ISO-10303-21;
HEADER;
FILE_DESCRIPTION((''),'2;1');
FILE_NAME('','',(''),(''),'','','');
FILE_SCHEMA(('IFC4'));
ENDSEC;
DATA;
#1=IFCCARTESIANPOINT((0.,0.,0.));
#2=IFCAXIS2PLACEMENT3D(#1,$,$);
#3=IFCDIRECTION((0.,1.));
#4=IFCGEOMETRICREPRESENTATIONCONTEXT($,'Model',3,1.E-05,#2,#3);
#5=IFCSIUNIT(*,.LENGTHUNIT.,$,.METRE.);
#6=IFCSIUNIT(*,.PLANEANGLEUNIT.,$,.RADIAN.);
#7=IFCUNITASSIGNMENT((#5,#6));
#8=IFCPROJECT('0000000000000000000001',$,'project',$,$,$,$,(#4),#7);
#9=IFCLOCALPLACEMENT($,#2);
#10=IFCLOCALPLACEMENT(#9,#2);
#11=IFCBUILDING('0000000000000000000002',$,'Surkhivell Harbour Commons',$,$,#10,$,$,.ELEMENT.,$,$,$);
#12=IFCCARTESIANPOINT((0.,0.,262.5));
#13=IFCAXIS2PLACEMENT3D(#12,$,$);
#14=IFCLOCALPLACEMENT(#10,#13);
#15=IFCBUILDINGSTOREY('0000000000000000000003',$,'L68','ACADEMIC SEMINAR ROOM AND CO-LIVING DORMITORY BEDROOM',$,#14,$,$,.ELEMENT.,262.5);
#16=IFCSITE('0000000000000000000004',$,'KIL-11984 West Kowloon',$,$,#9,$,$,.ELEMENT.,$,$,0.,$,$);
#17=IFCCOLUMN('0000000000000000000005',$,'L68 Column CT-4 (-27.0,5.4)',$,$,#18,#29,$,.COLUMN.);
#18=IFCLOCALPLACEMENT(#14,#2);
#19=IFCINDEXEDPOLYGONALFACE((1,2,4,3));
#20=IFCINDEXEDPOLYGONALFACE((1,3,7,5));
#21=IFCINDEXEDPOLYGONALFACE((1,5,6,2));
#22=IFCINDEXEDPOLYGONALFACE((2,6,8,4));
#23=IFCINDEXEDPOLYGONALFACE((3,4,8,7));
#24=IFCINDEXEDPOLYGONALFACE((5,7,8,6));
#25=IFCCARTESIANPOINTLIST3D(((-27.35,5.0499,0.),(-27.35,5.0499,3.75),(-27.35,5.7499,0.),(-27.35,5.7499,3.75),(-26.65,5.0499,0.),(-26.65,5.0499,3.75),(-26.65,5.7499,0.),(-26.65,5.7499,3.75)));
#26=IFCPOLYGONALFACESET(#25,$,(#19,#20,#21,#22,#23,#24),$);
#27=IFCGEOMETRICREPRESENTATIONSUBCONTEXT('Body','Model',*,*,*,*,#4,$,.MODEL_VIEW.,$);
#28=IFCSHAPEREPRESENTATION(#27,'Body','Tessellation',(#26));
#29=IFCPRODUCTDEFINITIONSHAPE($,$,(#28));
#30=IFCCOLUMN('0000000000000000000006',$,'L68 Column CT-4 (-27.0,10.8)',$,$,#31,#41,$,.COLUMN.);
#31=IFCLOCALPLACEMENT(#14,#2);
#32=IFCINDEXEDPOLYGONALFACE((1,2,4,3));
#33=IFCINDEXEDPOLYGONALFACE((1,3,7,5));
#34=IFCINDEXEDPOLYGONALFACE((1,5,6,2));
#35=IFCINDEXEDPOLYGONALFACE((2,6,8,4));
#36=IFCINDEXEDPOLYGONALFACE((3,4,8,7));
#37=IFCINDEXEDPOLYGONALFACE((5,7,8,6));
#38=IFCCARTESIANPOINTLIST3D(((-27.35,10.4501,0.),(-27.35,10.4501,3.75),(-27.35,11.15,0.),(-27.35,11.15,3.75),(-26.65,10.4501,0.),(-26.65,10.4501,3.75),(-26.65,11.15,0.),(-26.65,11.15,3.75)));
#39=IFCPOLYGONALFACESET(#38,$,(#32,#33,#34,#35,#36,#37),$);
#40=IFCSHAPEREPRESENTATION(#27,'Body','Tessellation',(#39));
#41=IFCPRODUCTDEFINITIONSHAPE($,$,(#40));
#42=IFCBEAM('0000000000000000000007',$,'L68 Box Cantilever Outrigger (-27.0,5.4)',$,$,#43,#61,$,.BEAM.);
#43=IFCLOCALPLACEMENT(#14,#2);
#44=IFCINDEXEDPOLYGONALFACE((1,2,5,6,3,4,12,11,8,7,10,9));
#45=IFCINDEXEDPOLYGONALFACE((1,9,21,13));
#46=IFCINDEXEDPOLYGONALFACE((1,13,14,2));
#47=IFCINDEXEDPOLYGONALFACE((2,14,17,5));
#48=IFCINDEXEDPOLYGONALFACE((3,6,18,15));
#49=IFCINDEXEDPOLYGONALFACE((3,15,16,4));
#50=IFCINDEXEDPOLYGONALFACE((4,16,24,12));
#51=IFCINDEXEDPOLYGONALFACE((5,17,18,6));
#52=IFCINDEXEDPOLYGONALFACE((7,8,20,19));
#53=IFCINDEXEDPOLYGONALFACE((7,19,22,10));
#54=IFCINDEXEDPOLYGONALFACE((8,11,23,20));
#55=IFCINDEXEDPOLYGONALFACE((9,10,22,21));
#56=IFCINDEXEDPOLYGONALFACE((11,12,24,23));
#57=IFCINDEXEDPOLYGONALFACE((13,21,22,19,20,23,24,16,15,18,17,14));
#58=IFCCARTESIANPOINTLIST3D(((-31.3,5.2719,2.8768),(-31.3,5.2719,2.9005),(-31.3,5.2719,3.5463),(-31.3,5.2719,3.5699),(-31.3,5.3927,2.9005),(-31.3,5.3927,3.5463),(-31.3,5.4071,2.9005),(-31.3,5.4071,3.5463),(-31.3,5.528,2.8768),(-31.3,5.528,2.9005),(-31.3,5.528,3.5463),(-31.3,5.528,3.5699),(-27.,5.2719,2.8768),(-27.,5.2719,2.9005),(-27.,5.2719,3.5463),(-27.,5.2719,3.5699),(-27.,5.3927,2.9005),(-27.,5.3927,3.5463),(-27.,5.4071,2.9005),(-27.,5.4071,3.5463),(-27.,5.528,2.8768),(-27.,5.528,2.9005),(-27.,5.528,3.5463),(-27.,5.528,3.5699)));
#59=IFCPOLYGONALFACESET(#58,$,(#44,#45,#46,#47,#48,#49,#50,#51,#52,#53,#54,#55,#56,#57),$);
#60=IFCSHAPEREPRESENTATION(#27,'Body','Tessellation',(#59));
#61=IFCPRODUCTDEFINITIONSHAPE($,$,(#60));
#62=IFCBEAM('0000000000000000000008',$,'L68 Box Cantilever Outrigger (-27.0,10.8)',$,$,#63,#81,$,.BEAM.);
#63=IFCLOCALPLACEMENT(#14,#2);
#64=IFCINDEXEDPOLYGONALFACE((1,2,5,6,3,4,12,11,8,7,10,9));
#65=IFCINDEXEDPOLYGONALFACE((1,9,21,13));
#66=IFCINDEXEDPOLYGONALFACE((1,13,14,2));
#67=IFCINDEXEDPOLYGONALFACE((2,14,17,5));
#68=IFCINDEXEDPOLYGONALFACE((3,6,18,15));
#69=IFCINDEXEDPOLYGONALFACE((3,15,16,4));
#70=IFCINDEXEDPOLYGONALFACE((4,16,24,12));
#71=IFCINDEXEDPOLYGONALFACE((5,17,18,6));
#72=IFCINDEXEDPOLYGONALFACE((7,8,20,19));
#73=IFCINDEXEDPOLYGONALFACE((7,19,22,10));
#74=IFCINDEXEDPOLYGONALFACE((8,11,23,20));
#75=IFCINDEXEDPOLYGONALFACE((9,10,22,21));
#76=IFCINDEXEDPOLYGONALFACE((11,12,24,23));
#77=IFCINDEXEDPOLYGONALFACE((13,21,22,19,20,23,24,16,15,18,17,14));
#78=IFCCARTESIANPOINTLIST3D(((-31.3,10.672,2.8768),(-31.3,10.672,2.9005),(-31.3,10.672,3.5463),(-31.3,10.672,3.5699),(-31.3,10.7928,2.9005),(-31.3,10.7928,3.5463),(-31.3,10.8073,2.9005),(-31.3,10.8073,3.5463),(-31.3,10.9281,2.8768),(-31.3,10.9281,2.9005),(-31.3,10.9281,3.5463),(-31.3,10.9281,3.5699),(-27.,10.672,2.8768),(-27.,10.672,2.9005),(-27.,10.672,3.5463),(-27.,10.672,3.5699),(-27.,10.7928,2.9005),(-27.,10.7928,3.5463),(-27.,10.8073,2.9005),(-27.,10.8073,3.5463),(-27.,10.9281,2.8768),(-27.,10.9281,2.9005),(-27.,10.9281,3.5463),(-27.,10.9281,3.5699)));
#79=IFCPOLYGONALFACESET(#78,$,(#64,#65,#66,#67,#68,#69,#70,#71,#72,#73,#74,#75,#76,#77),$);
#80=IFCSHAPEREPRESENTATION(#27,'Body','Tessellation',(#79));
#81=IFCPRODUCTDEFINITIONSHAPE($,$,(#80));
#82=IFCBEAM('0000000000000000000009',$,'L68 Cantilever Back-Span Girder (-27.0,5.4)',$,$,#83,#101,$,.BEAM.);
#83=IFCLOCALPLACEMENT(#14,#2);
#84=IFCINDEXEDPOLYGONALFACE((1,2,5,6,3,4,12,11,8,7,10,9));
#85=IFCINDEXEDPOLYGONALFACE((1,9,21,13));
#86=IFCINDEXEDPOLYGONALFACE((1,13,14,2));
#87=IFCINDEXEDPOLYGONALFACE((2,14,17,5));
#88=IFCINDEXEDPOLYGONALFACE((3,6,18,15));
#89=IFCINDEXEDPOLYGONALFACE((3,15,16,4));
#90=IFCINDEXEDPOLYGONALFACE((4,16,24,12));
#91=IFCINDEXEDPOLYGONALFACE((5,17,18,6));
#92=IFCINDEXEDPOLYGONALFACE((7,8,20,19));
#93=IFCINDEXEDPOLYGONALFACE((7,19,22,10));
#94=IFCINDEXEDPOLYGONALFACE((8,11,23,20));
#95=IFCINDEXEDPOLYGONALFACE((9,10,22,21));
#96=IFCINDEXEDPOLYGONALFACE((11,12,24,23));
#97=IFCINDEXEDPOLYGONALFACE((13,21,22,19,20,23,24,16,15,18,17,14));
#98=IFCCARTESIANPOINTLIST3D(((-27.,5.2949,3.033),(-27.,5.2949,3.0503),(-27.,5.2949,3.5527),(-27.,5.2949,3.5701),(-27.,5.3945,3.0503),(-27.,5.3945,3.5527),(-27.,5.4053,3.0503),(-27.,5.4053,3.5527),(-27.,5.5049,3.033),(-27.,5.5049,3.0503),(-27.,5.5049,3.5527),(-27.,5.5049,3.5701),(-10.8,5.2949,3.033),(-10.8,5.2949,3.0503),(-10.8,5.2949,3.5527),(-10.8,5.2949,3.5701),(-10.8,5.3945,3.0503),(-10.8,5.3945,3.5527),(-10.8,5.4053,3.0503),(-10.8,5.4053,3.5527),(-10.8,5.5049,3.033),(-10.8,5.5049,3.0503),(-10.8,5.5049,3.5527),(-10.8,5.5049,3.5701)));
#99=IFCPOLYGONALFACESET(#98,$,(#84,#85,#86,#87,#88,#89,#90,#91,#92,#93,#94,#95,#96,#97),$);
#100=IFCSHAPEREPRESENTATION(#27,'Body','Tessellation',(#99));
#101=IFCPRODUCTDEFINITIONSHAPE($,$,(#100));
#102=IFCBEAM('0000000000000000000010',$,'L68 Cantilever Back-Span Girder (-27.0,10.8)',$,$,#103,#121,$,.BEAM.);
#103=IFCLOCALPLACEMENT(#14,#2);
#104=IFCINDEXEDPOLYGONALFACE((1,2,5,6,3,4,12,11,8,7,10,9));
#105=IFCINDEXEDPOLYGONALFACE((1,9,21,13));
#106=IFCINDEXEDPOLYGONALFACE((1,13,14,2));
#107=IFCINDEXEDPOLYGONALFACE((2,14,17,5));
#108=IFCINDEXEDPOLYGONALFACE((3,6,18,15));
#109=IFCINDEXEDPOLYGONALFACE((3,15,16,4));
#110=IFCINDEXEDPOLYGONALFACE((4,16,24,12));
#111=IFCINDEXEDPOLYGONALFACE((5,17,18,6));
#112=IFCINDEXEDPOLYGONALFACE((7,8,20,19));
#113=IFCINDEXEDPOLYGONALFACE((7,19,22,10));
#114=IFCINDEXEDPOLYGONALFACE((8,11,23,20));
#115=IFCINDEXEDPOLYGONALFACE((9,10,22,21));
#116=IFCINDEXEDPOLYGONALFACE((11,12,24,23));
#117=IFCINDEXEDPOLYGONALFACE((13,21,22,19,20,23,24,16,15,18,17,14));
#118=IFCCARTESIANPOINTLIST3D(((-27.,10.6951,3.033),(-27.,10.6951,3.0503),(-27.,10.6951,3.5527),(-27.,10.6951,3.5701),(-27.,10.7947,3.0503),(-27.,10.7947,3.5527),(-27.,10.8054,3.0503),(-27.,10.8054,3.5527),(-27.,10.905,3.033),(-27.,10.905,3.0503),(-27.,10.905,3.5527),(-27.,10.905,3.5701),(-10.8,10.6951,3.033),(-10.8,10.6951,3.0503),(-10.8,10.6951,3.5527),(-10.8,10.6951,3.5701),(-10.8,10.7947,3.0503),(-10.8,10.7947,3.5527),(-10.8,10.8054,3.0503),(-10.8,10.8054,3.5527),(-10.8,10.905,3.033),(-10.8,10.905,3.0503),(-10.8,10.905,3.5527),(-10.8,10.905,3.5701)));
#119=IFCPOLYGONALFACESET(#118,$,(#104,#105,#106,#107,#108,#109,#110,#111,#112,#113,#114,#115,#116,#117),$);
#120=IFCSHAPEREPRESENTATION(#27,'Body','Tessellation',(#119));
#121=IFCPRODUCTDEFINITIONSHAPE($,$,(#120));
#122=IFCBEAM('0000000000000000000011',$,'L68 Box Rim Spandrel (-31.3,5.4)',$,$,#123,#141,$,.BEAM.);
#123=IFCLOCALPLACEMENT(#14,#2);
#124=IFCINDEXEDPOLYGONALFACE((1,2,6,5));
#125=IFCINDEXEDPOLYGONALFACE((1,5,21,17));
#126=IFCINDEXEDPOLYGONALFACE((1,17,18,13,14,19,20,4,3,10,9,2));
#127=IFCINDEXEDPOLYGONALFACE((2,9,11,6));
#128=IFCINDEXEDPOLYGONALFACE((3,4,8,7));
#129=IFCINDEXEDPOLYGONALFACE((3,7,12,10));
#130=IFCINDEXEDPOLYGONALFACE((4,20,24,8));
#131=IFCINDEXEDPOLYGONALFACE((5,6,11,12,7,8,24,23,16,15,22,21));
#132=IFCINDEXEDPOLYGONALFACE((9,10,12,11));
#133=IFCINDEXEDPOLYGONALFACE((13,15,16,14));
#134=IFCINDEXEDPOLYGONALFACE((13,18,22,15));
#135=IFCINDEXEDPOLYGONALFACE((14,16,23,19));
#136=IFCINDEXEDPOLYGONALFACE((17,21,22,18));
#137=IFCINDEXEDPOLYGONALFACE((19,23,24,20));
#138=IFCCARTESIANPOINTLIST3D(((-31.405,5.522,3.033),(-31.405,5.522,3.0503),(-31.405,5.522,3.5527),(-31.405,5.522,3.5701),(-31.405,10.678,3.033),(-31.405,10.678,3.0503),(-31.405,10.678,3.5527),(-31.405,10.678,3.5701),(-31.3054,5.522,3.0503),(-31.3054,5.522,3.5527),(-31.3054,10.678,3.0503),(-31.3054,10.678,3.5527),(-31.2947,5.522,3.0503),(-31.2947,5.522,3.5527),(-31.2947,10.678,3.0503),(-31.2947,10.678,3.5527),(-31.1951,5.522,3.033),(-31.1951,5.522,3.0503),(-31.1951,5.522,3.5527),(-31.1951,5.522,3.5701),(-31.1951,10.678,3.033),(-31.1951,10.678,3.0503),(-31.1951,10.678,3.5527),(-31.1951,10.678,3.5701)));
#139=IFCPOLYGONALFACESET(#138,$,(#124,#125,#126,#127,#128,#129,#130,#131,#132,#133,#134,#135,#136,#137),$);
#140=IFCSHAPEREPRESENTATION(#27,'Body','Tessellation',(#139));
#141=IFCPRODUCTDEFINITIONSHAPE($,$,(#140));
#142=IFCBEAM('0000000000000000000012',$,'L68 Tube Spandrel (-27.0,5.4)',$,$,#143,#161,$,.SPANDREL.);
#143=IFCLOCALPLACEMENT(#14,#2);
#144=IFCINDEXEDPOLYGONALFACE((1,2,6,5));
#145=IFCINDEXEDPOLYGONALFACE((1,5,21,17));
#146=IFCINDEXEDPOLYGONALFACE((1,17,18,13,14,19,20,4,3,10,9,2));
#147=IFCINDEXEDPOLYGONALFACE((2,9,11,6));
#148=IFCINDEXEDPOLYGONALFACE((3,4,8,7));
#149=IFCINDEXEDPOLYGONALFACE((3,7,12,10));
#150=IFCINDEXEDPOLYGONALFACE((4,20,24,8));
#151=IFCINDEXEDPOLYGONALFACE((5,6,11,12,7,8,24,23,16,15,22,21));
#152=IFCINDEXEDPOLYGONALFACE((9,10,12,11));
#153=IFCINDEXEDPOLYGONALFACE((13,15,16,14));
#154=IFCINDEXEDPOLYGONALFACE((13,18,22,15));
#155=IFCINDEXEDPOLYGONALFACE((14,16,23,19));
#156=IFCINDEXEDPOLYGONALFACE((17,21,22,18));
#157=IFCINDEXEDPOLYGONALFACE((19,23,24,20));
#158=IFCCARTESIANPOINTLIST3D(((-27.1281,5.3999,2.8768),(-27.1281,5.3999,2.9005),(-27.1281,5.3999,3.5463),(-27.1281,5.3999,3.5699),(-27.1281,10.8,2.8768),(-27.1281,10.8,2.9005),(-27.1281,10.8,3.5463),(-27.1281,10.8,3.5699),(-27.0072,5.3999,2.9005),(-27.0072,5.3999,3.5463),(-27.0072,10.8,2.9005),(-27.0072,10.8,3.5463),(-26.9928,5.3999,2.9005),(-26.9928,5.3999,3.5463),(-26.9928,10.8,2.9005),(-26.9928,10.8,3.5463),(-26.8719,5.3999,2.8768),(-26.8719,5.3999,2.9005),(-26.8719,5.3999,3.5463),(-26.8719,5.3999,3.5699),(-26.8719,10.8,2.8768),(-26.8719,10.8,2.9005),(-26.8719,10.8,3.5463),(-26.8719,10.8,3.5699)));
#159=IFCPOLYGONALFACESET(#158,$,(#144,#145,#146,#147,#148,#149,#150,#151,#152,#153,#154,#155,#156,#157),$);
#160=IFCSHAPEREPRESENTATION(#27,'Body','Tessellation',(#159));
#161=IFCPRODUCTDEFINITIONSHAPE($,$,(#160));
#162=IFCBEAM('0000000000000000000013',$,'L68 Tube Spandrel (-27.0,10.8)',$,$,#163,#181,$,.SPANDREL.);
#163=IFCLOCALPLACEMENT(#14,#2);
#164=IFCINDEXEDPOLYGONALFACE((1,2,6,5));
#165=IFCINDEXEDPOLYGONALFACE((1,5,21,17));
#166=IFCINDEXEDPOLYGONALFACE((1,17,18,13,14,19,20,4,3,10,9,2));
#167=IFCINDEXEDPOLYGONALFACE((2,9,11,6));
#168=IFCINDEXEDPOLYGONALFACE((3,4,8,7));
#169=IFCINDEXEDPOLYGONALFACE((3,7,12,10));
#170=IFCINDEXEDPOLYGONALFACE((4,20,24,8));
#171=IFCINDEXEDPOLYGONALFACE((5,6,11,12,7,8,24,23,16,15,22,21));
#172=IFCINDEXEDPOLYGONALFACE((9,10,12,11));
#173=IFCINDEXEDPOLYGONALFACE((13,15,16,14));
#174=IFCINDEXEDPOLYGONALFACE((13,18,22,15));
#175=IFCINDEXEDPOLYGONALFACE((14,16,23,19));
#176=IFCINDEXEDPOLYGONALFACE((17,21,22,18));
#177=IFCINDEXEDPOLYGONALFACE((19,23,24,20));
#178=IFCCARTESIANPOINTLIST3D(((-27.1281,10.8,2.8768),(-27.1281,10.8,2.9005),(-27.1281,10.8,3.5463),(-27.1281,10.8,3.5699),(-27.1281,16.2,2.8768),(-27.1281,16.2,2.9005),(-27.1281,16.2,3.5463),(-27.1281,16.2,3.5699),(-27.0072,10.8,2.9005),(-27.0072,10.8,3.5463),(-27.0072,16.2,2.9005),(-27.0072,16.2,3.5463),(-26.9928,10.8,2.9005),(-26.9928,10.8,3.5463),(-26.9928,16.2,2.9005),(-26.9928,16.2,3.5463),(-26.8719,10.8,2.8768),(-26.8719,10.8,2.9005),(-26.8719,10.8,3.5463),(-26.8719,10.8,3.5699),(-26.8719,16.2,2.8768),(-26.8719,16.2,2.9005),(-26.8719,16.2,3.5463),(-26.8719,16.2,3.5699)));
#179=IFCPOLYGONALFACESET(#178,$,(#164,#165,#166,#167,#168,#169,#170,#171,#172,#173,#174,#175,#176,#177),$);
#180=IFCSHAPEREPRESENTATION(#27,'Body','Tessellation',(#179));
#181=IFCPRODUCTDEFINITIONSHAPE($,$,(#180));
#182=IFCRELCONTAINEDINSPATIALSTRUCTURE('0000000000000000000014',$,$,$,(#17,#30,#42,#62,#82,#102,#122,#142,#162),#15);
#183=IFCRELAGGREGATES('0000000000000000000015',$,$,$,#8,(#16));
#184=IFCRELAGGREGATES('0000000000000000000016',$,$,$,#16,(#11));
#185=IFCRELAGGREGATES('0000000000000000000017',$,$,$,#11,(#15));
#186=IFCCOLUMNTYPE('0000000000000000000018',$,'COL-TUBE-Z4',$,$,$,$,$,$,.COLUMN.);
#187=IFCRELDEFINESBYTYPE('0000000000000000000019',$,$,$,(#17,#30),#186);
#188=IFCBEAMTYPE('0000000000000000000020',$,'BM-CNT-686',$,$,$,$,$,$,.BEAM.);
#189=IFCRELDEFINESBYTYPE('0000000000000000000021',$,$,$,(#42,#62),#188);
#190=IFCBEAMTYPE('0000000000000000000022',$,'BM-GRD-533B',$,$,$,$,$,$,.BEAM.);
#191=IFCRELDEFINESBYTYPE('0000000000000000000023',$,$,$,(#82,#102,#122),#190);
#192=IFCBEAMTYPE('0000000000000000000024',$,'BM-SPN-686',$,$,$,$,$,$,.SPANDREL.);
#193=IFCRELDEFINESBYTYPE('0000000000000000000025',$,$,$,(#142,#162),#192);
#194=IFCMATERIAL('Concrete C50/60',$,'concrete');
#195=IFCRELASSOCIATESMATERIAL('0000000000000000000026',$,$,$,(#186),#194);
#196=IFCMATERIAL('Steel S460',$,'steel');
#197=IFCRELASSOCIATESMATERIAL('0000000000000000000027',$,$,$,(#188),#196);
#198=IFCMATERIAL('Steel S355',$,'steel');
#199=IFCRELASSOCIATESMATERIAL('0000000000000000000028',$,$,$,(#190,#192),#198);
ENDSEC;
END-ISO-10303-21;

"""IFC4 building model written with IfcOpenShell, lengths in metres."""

from ifc_helpers import new_model, si_unit, direction, frame, origin, origin_2d, place, context, subcontext, project, spatial, rectangle, i_section, extrude, material, material_profile, profile_set, type_object, element, save


model = new_model("IFC4")

# Units and contexts
model_context = context("Model", 3, precision=1e-05, world=origin(), true_north=direction((0.0, 1.0)))
body_context = subcontext(model_context, "Body", "Model", "MODEL_VIEW")
ifc_project = project(units=[si_unit("LENGTHUNIT", "METRE"), si_unit("PLANEANGLEUNIT", "RADIAN")], contexts=[model_context])

# Site, building, storey
site_placement = place(None, origin())
site = spatial("IfcSite", under=ifc_project, at=site_placement, Name="KIL-11984 West Kowloon", CompositionType="ELEMENT", RefElevation=0.0)
building_placement = place(site_placement, origin())
building = spatial("IfcBuilding", under=site, at=building_placement, Name="Surkhivell Harbour Commons", CompositionType="ELEMENT")
storey_placement = place(building_placement, frame((0.0, 0.0, 262.5)))
storey = spatial("IfcBuildingStorey", under=building, at=storey_placement, Name="L68", Description="ACADEMIC SEMINAR ROOM AND CO-LIVING DORMITORY BEDROOM", CompositionType="ELEMENT", Elevation=262.5)

# Columns
ifc_material_1 = material(Name="Concrete C50/60", Category="concrete")
ifc_material_profile_1 = material_profile(ifc_material_1, rectangle(XDim=0.7, YDim=0.7, at=origin_2d()), Name="RC-COL-700x700")
ifc_profile_set_1 = profile_set([ifc_material_profile_1], Name="Concrete C50/60")
column_type = type_object("IfcColumnType", Name="COL-TUBE-Z4", PredefinedType="COLUMN", material=ifc_profile_set_1)
for number, where, z_axis, x_axis, name in (
    (1, (-27.0, 5.3999, 0.0), (0.0, 0.0, 1.0), (1.0, 0.0, 0.0), "L68 Column CT-4 (-27.0,5.4)"),
    (2, (-27.0, 10.8, 0.0), (0.0, 0.0, 1.0), (1.0, 0.0, 0.0), "L68 Column CT-4 (-27.0,10.8)"),
):
    element("IfcColumn", number, at=place(storey_placement, frame(where, z_axis=z_axis, x_axis=x_axis)), inside=storey, type_object=column_type, Name=name, PredefinedType="COLUMN", context=body_context, shape_type="SweptSolid", body=[
        extrude(rectangle(XDim=0.7, YDim=0.7, at=origin_2d()), origin(), (0.0, 0.0, 1.0), 3.75),
    ])

# Beams
ifc_material_2 = material(Name="Steel S460", Category="steel")
ifc_material_profile_2 = material_profile(ifc_material_2, i_section(OverallWidth=0.2561, OverallDepth=0.6931, WebThickness=0.0144, FlangeThickness=0.0237, at=origin_2d()), Name="UB686x254x170")
ifc_profile_set_2 = profile_set([ifc_material_profile_2], Name="Steel S460")
beam_type_1 = type_object("IfcBeamType", Name="BM-CNT-686", PredefinedType="BEAM", material=ifc_profile_set_2)
for number, where, z_axis, x_axis, name in (
    (3, (-27.0, 5.3999, 3.2234), (-1.0, 0.0, 0.0), (0.0, -1.0, 0.0), "L68 Box Cantilever Outrigger (-27.0,5.4)"),
    (4, (-27.0, 10.8, 3.2234), (-1.0, 0.0, 0.0), (0.0, -1.0, 0.0), "L68 Box Cantilever Outrigger (-27.0,10.8)"),
):
    element("IfcBeam", number, at=place(storey_placement, frame(where, z_axis=z_axis, x_axis=x_axis)), inside=storey, type_object=beam_type_1, Name=name, PredefinedType="BEAM", context=body_context, shape_type="SweptSolid", body=[
        extrude(i_section(OverallWidth=0.2561, OverallDepth=0.6931, WebThickness=0.0144, FlangeThickness=0.0237, at=origin_2d()), origin(), (0.0, 0.0, 1.0), 4.3),
    ])
ifc_material_3 = material(Name="Steel S355", Category="steel")
ifc_material_profile_3 = material_profile(ifc_material_3, i_section(OverallWidth=0.21, OverallDepth=0.5371, WebThickness=0.0107, FlangeThickness=0.0173, at=origin_2d()), Name="UB533x210x101")
ifc_profile_set_3 = profile_set([ifc_material_profile_3], Name="Steel S355")
beam_type_2 = type_object("IfcBeamType", Name="BM-GRD-533B", PredefinedType="BEAM", material=ifc_profile_set_3)
for number, where, z_axis, x_axis, name in (
    (5, (-27.0, 5.3999, 3.3015), (1.0, 0.0, 0.0), (0.0, 1.0, 0.0), "L68 Cantilever Back-Span Girder (-27.0,5.4)"),
    (6, (-27.0, 10.8, 3.3015), (1.0, 0.0, 0.0), (0.0, 1.0, 0.0), "L68 Cantilever Back-Span Girder (-27.0,10.8)"),
):
    element("IfcBeam", number, at=place(storey_placement, frame(where, z_axis=z_axis, x_axis=x_axis)), inside=storey, type_object=beam_type_2, Name=name, PredefinedType="BEAM", context=body_context, shape_type="SweptSolid", body=[
        extrude(i_section(OverallWidth=0.21, OverallDepth=0.5371, WebThickness=0.0107, FlangeThickness=0.0173, at=origin_2d()), origin(), (0.0, 0.0, 1.0), 16.2),
    ])
beam_1_placement = place(storey_placement, frame((-31.3, 5.522, 3.3015), z_axis=(0.0, 1.0, 0.0), x_axis=(-1.0, 0.0, 0.0)))
element("IfcBeam", 7, at=beam_1_placement, inside=storey, type_object=beam_type_2, Name="L68 Box Rim Spandrel (-31.3,5.4)", PredefinedType="BEAM", context=body_context, shape_type="SweptSolid", body=[
    extrude(i_section(OverallWidth=0.21, OverallDepth=0.5371, WebThickness=0.0107, FlangeThickness=0.0173, at=origin_2d()), origin(), (0.0, 0.0, 1.0), 5.156),
])
ifc_material_profile_4 = material_profile(ifc_material_3, i_section(OverallWidth=0.2561, OverallDepth=0.6931, WebThickness=0.0144, FlangeThickness=0.0237, at=origin_2d()), Name="UB686x254x170")
ifc_profile_set_4 = profile_set([ifc_material_profile_4], Name="Steel S355")
beam_type_3 = type_object("IfcBeamType", Name="BM-SPN-686", PredefinedType="SPANDREL", material=ifc_profile_set_4)
beam_2_placement = place(storey_placement, frame((-27.0, 5.3999, 3.2234), z_axis=(0.0, 1.0, 0.0), x_axis=(-1.0, 0.0, 0.0)))
element("IfcBeam", 8, at=beam_2_placement, inside=storey, type_object=beam_type_3, Name="L68 Tube Spandrel (-27.0,5.4)", PredefinedType="SPANDREL", context=body_context, shape_type="SweptSolid", body=[
    extrude(i_section(OverallWidth=0.2561, OverallDepth=0.6931, WebThickness=0.0144, FlangeThickness=0.0237, at=origin_2d()), origin(), (0.0, 0.0, 1.0), 5.4001),
])
beam_3_placement = place(storey_placement, frame((-27.0, 10.8, 3.2234), z_axis=(0.0, 1.0, 0.0), x_axis=(-1.0, 0.0, 0.0)))
element("IfcBeam", 9, at=beam_3_placement, inside=storey, type_object=beam_type_3, Name="L68 Tube Spandrel (-27.0,10.8)", PredefinedType="SPANDREL", context=body_context, shape_type="SweptSolid", body=[
    extrude(i_section(OverallWidth=0.2561, OverallDepth=0.6931, WebThickness=0.0144, FlangeThickness=0.0237, at=origin_2d()), origin(), (0.0, 0.0, 1.0), 5.3999),
])

save(model, "model.ifc")
